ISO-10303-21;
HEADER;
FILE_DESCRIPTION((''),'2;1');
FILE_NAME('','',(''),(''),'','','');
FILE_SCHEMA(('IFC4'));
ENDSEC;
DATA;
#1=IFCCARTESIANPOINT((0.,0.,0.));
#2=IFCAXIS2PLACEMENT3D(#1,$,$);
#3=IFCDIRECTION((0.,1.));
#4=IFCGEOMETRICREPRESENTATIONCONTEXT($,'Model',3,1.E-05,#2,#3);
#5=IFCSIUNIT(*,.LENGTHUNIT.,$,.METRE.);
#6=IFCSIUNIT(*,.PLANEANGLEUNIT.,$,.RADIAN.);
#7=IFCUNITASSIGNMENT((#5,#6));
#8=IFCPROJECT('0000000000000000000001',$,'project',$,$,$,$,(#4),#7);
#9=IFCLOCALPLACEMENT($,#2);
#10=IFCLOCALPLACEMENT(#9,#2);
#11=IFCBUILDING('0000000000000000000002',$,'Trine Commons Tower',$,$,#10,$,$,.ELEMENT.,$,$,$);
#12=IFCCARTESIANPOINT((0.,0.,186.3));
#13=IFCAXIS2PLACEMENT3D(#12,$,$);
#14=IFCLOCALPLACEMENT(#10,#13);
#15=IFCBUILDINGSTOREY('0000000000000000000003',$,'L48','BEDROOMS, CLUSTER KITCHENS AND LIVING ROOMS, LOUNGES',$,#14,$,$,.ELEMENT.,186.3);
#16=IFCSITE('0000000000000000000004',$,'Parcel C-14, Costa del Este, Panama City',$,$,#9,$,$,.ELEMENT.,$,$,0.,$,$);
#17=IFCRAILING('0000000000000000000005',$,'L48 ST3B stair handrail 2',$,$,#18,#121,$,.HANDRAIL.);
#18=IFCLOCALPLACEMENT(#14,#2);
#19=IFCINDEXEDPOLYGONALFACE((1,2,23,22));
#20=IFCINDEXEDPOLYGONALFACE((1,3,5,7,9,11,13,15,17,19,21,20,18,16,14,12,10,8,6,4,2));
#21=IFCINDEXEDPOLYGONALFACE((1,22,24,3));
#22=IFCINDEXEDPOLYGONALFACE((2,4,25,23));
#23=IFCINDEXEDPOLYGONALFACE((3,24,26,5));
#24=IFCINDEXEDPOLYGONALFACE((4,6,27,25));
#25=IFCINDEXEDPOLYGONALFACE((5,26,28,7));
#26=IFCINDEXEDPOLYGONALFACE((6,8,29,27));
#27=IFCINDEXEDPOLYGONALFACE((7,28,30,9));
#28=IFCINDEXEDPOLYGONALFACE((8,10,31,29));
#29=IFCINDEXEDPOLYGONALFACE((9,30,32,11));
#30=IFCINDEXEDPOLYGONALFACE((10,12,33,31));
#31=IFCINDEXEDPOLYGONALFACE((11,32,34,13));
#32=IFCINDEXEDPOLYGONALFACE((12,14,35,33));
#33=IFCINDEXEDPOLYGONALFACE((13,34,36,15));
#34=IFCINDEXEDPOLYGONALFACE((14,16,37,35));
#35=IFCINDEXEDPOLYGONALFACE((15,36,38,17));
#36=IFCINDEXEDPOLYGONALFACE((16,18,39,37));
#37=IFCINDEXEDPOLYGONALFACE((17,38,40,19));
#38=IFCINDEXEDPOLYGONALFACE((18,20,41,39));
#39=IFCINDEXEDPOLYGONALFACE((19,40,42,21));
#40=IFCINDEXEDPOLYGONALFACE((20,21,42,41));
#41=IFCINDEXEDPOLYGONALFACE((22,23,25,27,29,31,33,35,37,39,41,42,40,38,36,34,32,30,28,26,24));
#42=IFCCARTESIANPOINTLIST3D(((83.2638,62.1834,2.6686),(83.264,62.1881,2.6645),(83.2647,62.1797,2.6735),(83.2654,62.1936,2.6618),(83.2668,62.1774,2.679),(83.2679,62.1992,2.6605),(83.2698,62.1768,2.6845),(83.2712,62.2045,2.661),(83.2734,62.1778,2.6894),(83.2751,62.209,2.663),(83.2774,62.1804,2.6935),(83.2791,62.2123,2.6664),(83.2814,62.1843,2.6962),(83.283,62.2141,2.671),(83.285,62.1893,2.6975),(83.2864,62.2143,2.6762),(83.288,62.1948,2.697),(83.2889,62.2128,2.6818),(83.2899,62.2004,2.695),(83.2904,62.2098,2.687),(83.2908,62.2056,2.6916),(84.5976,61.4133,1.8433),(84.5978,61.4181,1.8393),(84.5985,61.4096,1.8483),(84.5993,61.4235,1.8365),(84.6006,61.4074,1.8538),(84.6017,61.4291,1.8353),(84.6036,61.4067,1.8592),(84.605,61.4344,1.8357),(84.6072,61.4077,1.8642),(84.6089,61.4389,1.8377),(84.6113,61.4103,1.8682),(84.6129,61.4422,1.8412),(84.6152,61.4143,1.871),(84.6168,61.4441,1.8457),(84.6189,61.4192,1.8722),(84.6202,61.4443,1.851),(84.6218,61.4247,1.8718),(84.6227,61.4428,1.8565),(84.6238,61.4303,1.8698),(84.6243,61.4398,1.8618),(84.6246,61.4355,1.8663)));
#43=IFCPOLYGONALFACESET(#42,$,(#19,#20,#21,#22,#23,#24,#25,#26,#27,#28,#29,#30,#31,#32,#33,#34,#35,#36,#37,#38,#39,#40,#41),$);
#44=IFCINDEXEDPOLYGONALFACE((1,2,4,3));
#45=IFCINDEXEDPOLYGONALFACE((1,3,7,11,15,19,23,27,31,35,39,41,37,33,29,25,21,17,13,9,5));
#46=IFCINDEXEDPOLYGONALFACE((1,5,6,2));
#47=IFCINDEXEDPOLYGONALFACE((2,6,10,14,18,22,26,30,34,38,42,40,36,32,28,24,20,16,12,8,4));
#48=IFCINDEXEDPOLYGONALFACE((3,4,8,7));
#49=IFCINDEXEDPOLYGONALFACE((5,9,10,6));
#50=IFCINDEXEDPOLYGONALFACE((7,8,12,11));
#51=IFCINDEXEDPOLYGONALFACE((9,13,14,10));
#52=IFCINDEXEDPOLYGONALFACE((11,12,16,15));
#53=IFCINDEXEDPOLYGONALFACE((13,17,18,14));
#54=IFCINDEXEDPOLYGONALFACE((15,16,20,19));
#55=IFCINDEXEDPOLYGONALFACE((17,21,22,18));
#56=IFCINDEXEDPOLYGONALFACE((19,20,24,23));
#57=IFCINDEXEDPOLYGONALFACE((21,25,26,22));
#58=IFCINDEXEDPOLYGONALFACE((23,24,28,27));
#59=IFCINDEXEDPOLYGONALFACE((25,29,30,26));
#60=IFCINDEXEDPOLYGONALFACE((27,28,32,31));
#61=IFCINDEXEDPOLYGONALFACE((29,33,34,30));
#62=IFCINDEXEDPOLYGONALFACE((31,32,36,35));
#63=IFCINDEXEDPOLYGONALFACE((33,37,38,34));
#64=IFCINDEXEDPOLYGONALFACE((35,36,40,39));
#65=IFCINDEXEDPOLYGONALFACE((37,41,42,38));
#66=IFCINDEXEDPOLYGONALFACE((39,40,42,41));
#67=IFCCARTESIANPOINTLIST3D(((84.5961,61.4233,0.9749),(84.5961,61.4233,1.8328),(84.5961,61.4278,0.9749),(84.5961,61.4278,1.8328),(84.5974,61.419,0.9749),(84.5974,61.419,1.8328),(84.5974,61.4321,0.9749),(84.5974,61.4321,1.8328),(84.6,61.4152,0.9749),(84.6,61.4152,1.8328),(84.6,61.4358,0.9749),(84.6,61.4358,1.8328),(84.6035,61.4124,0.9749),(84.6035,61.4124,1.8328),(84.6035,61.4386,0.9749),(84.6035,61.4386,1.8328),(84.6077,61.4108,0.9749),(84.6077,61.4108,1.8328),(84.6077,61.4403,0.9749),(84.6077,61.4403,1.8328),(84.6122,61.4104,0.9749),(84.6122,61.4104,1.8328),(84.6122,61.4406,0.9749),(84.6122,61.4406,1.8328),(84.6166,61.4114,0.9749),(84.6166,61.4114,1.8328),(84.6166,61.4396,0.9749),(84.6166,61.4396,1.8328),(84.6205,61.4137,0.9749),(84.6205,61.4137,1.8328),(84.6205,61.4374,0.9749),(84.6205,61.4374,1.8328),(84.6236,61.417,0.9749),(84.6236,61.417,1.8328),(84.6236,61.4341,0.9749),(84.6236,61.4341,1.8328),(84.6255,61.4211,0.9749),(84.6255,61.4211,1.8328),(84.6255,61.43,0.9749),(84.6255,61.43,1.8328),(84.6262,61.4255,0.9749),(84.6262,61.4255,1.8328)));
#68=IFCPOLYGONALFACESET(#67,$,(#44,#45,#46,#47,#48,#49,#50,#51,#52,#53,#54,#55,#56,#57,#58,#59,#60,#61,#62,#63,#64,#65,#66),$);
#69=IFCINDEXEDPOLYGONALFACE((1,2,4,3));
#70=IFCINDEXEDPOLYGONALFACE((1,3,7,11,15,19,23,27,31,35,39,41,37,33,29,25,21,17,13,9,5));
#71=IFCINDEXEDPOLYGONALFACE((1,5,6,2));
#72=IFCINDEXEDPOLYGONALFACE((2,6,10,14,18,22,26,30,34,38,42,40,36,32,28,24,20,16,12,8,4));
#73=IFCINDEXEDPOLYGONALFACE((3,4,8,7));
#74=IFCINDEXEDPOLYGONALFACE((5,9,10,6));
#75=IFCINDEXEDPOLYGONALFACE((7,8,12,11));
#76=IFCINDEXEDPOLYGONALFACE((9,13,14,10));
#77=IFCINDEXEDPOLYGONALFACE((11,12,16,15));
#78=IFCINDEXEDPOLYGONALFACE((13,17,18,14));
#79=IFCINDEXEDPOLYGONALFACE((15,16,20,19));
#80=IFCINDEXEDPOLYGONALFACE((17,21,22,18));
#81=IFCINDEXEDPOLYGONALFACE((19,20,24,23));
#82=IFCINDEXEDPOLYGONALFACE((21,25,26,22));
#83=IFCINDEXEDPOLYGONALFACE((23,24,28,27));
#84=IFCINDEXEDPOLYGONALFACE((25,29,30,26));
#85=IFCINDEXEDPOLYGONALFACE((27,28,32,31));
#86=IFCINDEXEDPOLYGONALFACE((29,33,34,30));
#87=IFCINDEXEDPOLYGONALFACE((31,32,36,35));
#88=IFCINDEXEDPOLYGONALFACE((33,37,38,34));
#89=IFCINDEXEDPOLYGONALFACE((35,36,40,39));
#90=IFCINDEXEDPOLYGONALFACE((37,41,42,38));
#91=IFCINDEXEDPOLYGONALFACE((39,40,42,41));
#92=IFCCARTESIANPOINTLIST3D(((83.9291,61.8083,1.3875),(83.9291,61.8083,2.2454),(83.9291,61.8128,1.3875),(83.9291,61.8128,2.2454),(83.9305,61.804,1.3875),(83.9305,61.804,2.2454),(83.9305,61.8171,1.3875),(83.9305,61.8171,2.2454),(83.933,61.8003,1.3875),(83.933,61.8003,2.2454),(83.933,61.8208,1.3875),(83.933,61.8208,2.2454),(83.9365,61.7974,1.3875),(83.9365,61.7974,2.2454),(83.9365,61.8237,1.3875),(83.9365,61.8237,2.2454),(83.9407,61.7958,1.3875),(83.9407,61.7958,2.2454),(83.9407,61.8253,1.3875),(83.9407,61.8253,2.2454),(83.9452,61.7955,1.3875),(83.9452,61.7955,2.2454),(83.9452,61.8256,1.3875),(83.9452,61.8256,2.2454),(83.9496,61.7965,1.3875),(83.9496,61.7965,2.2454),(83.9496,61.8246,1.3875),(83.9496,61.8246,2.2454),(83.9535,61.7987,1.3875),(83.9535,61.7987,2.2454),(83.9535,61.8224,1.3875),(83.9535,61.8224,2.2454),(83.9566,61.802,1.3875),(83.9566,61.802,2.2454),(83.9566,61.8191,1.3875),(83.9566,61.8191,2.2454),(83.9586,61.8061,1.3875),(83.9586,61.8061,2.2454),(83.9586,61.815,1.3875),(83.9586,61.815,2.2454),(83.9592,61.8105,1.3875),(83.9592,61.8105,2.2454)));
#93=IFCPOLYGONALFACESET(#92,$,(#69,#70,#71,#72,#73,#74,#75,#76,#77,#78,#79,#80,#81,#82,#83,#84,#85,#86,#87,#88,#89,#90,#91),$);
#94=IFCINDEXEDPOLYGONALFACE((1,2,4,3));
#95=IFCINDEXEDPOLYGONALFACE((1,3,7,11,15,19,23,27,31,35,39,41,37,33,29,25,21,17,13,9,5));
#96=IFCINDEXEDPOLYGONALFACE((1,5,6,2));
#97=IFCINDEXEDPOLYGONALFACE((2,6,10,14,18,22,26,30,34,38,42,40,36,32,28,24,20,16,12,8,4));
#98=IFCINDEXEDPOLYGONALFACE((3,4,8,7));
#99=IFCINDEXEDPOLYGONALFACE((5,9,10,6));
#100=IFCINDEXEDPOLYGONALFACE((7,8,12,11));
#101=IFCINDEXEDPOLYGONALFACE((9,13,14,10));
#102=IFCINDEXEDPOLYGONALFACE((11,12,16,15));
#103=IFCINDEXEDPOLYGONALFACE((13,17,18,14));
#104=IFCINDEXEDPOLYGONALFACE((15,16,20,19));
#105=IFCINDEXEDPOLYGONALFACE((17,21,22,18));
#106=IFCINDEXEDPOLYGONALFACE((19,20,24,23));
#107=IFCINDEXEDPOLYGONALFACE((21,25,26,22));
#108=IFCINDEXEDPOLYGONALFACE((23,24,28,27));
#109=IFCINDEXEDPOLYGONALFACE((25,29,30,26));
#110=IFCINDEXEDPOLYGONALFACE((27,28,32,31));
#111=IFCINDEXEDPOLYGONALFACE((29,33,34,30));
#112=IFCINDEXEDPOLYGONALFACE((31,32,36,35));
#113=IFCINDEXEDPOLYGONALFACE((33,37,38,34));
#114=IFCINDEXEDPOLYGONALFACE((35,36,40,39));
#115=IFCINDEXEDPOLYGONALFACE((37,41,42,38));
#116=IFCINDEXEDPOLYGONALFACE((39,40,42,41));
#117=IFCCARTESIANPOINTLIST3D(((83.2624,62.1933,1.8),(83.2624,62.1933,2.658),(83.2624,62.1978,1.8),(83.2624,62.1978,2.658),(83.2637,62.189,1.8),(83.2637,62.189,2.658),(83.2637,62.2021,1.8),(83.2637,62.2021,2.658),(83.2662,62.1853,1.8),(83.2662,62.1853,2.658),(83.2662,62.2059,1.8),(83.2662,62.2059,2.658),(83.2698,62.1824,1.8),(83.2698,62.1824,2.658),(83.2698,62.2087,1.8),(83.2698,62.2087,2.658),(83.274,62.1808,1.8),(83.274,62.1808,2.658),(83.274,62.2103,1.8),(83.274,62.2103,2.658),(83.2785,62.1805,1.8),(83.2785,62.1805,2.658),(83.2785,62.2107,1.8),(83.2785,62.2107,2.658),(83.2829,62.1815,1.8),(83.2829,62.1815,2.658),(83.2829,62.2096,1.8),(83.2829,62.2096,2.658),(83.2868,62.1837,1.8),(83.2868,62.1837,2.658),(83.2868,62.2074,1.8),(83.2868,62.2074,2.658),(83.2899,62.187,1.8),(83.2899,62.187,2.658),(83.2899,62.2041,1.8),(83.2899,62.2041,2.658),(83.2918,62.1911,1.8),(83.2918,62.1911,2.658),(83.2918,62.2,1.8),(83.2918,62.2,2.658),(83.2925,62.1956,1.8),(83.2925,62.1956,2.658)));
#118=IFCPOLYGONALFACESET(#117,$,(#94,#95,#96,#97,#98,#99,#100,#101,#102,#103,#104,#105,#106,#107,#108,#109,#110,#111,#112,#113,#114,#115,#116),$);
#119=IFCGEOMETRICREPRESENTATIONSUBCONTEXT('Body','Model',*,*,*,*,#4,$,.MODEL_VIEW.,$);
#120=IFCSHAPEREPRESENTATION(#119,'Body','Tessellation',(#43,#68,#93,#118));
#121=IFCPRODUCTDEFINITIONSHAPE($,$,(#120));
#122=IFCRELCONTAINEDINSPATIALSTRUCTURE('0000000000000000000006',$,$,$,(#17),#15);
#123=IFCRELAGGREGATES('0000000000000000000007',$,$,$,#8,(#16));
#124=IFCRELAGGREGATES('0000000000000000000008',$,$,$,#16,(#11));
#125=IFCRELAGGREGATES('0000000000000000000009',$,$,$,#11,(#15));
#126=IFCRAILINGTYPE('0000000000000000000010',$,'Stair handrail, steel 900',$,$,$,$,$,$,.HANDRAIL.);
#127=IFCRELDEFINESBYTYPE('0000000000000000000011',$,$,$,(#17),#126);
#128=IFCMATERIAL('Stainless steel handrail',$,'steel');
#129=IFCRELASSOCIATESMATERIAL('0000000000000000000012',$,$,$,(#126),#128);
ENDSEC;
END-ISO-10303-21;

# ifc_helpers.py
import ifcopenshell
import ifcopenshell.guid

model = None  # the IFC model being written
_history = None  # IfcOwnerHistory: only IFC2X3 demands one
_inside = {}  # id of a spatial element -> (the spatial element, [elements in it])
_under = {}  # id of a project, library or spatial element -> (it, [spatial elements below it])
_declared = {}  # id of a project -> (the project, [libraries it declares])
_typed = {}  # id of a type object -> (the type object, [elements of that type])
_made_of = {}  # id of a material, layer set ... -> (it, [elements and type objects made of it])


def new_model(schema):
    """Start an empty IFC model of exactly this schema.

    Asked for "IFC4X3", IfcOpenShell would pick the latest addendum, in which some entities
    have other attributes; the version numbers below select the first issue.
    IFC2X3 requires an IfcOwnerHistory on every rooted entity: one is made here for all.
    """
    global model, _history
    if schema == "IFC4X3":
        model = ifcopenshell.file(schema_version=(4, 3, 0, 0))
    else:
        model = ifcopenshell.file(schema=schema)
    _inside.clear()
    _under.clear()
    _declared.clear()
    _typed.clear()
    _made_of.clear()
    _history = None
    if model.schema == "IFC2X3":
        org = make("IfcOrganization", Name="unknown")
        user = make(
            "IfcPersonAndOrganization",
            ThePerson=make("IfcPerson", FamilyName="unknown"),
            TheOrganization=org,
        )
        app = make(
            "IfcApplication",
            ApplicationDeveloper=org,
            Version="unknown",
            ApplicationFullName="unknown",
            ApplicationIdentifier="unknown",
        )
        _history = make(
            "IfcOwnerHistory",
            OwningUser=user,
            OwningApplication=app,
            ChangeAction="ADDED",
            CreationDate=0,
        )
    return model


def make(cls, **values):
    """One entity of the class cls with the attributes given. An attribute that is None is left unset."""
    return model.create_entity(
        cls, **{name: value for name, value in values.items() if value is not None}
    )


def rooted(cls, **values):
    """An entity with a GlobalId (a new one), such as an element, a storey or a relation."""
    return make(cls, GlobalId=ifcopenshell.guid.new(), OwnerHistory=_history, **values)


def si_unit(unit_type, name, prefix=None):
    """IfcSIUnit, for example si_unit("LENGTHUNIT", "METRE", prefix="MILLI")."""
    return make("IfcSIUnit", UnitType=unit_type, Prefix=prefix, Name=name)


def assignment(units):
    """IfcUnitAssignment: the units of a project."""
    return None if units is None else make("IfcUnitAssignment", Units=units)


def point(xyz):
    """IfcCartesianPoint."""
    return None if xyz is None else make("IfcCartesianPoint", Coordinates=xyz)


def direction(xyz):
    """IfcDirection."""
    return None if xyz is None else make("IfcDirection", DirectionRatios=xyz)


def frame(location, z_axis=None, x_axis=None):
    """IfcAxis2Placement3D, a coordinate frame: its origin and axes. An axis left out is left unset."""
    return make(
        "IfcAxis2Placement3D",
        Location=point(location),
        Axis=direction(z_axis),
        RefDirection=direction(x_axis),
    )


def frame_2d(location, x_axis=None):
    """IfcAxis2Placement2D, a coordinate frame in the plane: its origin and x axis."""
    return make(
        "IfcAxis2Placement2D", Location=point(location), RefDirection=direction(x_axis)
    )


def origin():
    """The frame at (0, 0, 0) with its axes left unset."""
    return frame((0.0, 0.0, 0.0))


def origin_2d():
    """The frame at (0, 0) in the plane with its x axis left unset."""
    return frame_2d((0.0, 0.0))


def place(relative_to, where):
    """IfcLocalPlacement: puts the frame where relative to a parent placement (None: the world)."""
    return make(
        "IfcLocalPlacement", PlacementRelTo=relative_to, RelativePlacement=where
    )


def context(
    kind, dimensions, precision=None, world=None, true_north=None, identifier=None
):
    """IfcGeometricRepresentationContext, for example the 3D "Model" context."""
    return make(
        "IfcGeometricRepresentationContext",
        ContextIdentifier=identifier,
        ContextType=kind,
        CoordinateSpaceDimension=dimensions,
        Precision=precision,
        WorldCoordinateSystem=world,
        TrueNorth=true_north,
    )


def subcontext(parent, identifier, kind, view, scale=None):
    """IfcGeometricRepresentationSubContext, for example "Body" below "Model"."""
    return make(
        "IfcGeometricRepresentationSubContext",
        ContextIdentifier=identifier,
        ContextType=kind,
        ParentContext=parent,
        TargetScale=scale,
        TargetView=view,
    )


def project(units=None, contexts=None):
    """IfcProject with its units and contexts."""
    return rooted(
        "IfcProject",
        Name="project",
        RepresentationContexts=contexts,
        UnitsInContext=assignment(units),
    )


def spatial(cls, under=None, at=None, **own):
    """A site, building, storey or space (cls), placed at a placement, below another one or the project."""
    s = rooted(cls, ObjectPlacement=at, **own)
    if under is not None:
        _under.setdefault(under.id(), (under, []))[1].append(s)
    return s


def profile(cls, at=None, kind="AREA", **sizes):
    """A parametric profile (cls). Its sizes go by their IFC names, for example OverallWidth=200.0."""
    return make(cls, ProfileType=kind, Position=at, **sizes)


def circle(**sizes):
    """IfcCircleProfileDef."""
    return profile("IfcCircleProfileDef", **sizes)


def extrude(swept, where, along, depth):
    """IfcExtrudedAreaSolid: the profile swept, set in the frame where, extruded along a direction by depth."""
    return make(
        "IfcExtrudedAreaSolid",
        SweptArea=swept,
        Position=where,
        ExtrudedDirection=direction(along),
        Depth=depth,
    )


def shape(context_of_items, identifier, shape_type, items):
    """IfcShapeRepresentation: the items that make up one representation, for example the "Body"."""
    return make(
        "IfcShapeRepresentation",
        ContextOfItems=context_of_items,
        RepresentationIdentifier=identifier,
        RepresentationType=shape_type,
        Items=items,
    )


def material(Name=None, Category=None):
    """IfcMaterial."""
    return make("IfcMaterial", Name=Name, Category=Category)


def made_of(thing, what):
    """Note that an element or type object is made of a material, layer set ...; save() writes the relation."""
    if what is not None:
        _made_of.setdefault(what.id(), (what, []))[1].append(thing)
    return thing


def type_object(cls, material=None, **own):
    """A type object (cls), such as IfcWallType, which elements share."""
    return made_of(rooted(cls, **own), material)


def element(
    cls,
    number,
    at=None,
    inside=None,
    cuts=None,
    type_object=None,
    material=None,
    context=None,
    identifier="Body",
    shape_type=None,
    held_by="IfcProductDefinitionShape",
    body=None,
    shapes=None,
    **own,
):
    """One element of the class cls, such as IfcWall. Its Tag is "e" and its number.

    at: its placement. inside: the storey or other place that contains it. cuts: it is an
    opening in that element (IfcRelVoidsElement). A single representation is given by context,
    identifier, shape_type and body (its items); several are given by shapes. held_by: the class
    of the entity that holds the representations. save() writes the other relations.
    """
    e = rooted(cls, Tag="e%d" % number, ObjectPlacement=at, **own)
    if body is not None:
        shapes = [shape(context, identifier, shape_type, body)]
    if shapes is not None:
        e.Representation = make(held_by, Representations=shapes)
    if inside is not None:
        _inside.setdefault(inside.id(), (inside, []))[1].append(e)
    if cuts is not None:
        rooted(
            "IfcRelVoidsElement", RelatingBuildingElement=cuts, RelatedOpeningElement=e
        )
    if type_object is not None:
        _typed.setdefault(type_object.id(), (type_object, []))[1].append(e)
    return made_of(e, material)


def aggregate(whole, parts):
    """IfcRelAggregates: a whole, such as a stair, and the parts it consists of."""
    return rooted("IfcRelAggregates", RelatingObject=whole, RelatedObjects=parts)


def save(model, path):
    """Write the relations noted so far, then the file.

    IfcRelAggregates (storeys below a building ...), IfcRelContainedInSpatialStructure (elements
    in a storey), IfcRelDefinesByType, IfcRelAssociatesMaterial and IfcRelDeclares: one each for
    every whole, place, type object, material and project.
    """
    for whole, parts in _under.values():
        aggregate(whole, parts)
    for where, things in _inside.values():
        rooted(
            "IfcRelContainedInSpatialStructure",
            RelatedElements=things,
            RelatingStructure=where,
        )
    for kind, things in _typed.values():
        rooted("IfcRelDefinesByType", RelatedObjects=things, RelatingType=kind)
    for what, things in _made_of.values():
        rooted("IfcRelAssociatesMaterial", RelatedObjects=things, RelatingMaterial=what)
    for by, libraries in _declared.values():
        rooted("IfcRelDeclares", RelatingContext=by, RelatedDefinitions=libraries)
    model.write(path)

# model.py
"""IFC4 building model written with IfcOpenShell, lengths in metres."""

from ifc_helpers import new_model, si_unit, direction, frame, origin, origin_2d, place, context, subcontext, project, spatial, circle, extrude, material, type_object, element, save


model = new_model("IFC4")

# Units and contexts
model_context = context("Model", 3, precision=1e-05, world=origin(), true_north=direction((0.0, 1.0)))
body_context = subcontext(model_context, "Body", "Model", "MODEL_VIEW")
ifc_project = project(units=[si_unit("LENGTHUNIT", "METRE"), si_unit("PLANEANGLEUNIT", "RADIAN")], contexts=[model_context])

# Site, building, storey
site_placement = place(None, origin())
site = spatial("IfcSite", under=ifc_project, at=site_placement, Name="Parcel C-14, Costa del Este, Panama City", CompositionType="ELEMENT", RefElevation=0.0)
building_placement = place(site_placement, origin())
building = spatial("IfcBuilding", under=site, at=building_placement, Name="Trine Commons Tower", CompositionType="ELEMENT")
storey_placement = place(building_placement, frame((0.0, 0.0, 186.3)))
storey = spatial("IfcBuildingStorey", under=building, at=storey_placement, Name="L48", Description="BEDROOMS, CLUSTER KITCHENS AND LIVING ROOMS, LOUNGES", CompositionType="ELEMENT", Elevation=186.3)

# Railing
ifc_material_1 = material(Name="Stainless steel handrail", Category="steel")
railing_type_1 = type_object("IfcRailingType", Name="Stair handrail, steel 900", PredefinedType="HANDRAIL", material=ifc_material_1)
railing_1_placement = place(storey_placement, frame((84.6111, 61.4255, 0.9749)))
element("IfcRailing", 1, at=railing_1_placement, inside=storey, type_object=railing_type_1, Name="L48 ST3B stair handrail 2", PredefinedType="HANDRAIL", context=body_context, shape_type="SweptSolid", body=[
    extrude(circle(Radius=0.021, at=origin_2d()), frame((0.0, 0.0, 0.8789), z_axis=(-0.763355, 0.440714, 0.472293), x_axis=(-0.499992, -0.86603, 0.0)), (0.0, 0.0, 1.0), 1.7473),
    extrude(circle(Radius=0.0151, at=origin_2d()), origin(), (0.0, 0.0, 1.0), 0.8579),
    extrude(circle(Radius=0.0151, at=origin_2d()), frame((-0.667, 0.385, 0.4126)), (0.0, 0.0, 1.0), 0.8579),
    extrude(circle(Radius=0.0151, at=origin_2d()), frame((-1.3337, 0.77, 0.8252)), (0.0, 0.0, 1.0), 0.8579),
])

save(model, "model.ifc")
